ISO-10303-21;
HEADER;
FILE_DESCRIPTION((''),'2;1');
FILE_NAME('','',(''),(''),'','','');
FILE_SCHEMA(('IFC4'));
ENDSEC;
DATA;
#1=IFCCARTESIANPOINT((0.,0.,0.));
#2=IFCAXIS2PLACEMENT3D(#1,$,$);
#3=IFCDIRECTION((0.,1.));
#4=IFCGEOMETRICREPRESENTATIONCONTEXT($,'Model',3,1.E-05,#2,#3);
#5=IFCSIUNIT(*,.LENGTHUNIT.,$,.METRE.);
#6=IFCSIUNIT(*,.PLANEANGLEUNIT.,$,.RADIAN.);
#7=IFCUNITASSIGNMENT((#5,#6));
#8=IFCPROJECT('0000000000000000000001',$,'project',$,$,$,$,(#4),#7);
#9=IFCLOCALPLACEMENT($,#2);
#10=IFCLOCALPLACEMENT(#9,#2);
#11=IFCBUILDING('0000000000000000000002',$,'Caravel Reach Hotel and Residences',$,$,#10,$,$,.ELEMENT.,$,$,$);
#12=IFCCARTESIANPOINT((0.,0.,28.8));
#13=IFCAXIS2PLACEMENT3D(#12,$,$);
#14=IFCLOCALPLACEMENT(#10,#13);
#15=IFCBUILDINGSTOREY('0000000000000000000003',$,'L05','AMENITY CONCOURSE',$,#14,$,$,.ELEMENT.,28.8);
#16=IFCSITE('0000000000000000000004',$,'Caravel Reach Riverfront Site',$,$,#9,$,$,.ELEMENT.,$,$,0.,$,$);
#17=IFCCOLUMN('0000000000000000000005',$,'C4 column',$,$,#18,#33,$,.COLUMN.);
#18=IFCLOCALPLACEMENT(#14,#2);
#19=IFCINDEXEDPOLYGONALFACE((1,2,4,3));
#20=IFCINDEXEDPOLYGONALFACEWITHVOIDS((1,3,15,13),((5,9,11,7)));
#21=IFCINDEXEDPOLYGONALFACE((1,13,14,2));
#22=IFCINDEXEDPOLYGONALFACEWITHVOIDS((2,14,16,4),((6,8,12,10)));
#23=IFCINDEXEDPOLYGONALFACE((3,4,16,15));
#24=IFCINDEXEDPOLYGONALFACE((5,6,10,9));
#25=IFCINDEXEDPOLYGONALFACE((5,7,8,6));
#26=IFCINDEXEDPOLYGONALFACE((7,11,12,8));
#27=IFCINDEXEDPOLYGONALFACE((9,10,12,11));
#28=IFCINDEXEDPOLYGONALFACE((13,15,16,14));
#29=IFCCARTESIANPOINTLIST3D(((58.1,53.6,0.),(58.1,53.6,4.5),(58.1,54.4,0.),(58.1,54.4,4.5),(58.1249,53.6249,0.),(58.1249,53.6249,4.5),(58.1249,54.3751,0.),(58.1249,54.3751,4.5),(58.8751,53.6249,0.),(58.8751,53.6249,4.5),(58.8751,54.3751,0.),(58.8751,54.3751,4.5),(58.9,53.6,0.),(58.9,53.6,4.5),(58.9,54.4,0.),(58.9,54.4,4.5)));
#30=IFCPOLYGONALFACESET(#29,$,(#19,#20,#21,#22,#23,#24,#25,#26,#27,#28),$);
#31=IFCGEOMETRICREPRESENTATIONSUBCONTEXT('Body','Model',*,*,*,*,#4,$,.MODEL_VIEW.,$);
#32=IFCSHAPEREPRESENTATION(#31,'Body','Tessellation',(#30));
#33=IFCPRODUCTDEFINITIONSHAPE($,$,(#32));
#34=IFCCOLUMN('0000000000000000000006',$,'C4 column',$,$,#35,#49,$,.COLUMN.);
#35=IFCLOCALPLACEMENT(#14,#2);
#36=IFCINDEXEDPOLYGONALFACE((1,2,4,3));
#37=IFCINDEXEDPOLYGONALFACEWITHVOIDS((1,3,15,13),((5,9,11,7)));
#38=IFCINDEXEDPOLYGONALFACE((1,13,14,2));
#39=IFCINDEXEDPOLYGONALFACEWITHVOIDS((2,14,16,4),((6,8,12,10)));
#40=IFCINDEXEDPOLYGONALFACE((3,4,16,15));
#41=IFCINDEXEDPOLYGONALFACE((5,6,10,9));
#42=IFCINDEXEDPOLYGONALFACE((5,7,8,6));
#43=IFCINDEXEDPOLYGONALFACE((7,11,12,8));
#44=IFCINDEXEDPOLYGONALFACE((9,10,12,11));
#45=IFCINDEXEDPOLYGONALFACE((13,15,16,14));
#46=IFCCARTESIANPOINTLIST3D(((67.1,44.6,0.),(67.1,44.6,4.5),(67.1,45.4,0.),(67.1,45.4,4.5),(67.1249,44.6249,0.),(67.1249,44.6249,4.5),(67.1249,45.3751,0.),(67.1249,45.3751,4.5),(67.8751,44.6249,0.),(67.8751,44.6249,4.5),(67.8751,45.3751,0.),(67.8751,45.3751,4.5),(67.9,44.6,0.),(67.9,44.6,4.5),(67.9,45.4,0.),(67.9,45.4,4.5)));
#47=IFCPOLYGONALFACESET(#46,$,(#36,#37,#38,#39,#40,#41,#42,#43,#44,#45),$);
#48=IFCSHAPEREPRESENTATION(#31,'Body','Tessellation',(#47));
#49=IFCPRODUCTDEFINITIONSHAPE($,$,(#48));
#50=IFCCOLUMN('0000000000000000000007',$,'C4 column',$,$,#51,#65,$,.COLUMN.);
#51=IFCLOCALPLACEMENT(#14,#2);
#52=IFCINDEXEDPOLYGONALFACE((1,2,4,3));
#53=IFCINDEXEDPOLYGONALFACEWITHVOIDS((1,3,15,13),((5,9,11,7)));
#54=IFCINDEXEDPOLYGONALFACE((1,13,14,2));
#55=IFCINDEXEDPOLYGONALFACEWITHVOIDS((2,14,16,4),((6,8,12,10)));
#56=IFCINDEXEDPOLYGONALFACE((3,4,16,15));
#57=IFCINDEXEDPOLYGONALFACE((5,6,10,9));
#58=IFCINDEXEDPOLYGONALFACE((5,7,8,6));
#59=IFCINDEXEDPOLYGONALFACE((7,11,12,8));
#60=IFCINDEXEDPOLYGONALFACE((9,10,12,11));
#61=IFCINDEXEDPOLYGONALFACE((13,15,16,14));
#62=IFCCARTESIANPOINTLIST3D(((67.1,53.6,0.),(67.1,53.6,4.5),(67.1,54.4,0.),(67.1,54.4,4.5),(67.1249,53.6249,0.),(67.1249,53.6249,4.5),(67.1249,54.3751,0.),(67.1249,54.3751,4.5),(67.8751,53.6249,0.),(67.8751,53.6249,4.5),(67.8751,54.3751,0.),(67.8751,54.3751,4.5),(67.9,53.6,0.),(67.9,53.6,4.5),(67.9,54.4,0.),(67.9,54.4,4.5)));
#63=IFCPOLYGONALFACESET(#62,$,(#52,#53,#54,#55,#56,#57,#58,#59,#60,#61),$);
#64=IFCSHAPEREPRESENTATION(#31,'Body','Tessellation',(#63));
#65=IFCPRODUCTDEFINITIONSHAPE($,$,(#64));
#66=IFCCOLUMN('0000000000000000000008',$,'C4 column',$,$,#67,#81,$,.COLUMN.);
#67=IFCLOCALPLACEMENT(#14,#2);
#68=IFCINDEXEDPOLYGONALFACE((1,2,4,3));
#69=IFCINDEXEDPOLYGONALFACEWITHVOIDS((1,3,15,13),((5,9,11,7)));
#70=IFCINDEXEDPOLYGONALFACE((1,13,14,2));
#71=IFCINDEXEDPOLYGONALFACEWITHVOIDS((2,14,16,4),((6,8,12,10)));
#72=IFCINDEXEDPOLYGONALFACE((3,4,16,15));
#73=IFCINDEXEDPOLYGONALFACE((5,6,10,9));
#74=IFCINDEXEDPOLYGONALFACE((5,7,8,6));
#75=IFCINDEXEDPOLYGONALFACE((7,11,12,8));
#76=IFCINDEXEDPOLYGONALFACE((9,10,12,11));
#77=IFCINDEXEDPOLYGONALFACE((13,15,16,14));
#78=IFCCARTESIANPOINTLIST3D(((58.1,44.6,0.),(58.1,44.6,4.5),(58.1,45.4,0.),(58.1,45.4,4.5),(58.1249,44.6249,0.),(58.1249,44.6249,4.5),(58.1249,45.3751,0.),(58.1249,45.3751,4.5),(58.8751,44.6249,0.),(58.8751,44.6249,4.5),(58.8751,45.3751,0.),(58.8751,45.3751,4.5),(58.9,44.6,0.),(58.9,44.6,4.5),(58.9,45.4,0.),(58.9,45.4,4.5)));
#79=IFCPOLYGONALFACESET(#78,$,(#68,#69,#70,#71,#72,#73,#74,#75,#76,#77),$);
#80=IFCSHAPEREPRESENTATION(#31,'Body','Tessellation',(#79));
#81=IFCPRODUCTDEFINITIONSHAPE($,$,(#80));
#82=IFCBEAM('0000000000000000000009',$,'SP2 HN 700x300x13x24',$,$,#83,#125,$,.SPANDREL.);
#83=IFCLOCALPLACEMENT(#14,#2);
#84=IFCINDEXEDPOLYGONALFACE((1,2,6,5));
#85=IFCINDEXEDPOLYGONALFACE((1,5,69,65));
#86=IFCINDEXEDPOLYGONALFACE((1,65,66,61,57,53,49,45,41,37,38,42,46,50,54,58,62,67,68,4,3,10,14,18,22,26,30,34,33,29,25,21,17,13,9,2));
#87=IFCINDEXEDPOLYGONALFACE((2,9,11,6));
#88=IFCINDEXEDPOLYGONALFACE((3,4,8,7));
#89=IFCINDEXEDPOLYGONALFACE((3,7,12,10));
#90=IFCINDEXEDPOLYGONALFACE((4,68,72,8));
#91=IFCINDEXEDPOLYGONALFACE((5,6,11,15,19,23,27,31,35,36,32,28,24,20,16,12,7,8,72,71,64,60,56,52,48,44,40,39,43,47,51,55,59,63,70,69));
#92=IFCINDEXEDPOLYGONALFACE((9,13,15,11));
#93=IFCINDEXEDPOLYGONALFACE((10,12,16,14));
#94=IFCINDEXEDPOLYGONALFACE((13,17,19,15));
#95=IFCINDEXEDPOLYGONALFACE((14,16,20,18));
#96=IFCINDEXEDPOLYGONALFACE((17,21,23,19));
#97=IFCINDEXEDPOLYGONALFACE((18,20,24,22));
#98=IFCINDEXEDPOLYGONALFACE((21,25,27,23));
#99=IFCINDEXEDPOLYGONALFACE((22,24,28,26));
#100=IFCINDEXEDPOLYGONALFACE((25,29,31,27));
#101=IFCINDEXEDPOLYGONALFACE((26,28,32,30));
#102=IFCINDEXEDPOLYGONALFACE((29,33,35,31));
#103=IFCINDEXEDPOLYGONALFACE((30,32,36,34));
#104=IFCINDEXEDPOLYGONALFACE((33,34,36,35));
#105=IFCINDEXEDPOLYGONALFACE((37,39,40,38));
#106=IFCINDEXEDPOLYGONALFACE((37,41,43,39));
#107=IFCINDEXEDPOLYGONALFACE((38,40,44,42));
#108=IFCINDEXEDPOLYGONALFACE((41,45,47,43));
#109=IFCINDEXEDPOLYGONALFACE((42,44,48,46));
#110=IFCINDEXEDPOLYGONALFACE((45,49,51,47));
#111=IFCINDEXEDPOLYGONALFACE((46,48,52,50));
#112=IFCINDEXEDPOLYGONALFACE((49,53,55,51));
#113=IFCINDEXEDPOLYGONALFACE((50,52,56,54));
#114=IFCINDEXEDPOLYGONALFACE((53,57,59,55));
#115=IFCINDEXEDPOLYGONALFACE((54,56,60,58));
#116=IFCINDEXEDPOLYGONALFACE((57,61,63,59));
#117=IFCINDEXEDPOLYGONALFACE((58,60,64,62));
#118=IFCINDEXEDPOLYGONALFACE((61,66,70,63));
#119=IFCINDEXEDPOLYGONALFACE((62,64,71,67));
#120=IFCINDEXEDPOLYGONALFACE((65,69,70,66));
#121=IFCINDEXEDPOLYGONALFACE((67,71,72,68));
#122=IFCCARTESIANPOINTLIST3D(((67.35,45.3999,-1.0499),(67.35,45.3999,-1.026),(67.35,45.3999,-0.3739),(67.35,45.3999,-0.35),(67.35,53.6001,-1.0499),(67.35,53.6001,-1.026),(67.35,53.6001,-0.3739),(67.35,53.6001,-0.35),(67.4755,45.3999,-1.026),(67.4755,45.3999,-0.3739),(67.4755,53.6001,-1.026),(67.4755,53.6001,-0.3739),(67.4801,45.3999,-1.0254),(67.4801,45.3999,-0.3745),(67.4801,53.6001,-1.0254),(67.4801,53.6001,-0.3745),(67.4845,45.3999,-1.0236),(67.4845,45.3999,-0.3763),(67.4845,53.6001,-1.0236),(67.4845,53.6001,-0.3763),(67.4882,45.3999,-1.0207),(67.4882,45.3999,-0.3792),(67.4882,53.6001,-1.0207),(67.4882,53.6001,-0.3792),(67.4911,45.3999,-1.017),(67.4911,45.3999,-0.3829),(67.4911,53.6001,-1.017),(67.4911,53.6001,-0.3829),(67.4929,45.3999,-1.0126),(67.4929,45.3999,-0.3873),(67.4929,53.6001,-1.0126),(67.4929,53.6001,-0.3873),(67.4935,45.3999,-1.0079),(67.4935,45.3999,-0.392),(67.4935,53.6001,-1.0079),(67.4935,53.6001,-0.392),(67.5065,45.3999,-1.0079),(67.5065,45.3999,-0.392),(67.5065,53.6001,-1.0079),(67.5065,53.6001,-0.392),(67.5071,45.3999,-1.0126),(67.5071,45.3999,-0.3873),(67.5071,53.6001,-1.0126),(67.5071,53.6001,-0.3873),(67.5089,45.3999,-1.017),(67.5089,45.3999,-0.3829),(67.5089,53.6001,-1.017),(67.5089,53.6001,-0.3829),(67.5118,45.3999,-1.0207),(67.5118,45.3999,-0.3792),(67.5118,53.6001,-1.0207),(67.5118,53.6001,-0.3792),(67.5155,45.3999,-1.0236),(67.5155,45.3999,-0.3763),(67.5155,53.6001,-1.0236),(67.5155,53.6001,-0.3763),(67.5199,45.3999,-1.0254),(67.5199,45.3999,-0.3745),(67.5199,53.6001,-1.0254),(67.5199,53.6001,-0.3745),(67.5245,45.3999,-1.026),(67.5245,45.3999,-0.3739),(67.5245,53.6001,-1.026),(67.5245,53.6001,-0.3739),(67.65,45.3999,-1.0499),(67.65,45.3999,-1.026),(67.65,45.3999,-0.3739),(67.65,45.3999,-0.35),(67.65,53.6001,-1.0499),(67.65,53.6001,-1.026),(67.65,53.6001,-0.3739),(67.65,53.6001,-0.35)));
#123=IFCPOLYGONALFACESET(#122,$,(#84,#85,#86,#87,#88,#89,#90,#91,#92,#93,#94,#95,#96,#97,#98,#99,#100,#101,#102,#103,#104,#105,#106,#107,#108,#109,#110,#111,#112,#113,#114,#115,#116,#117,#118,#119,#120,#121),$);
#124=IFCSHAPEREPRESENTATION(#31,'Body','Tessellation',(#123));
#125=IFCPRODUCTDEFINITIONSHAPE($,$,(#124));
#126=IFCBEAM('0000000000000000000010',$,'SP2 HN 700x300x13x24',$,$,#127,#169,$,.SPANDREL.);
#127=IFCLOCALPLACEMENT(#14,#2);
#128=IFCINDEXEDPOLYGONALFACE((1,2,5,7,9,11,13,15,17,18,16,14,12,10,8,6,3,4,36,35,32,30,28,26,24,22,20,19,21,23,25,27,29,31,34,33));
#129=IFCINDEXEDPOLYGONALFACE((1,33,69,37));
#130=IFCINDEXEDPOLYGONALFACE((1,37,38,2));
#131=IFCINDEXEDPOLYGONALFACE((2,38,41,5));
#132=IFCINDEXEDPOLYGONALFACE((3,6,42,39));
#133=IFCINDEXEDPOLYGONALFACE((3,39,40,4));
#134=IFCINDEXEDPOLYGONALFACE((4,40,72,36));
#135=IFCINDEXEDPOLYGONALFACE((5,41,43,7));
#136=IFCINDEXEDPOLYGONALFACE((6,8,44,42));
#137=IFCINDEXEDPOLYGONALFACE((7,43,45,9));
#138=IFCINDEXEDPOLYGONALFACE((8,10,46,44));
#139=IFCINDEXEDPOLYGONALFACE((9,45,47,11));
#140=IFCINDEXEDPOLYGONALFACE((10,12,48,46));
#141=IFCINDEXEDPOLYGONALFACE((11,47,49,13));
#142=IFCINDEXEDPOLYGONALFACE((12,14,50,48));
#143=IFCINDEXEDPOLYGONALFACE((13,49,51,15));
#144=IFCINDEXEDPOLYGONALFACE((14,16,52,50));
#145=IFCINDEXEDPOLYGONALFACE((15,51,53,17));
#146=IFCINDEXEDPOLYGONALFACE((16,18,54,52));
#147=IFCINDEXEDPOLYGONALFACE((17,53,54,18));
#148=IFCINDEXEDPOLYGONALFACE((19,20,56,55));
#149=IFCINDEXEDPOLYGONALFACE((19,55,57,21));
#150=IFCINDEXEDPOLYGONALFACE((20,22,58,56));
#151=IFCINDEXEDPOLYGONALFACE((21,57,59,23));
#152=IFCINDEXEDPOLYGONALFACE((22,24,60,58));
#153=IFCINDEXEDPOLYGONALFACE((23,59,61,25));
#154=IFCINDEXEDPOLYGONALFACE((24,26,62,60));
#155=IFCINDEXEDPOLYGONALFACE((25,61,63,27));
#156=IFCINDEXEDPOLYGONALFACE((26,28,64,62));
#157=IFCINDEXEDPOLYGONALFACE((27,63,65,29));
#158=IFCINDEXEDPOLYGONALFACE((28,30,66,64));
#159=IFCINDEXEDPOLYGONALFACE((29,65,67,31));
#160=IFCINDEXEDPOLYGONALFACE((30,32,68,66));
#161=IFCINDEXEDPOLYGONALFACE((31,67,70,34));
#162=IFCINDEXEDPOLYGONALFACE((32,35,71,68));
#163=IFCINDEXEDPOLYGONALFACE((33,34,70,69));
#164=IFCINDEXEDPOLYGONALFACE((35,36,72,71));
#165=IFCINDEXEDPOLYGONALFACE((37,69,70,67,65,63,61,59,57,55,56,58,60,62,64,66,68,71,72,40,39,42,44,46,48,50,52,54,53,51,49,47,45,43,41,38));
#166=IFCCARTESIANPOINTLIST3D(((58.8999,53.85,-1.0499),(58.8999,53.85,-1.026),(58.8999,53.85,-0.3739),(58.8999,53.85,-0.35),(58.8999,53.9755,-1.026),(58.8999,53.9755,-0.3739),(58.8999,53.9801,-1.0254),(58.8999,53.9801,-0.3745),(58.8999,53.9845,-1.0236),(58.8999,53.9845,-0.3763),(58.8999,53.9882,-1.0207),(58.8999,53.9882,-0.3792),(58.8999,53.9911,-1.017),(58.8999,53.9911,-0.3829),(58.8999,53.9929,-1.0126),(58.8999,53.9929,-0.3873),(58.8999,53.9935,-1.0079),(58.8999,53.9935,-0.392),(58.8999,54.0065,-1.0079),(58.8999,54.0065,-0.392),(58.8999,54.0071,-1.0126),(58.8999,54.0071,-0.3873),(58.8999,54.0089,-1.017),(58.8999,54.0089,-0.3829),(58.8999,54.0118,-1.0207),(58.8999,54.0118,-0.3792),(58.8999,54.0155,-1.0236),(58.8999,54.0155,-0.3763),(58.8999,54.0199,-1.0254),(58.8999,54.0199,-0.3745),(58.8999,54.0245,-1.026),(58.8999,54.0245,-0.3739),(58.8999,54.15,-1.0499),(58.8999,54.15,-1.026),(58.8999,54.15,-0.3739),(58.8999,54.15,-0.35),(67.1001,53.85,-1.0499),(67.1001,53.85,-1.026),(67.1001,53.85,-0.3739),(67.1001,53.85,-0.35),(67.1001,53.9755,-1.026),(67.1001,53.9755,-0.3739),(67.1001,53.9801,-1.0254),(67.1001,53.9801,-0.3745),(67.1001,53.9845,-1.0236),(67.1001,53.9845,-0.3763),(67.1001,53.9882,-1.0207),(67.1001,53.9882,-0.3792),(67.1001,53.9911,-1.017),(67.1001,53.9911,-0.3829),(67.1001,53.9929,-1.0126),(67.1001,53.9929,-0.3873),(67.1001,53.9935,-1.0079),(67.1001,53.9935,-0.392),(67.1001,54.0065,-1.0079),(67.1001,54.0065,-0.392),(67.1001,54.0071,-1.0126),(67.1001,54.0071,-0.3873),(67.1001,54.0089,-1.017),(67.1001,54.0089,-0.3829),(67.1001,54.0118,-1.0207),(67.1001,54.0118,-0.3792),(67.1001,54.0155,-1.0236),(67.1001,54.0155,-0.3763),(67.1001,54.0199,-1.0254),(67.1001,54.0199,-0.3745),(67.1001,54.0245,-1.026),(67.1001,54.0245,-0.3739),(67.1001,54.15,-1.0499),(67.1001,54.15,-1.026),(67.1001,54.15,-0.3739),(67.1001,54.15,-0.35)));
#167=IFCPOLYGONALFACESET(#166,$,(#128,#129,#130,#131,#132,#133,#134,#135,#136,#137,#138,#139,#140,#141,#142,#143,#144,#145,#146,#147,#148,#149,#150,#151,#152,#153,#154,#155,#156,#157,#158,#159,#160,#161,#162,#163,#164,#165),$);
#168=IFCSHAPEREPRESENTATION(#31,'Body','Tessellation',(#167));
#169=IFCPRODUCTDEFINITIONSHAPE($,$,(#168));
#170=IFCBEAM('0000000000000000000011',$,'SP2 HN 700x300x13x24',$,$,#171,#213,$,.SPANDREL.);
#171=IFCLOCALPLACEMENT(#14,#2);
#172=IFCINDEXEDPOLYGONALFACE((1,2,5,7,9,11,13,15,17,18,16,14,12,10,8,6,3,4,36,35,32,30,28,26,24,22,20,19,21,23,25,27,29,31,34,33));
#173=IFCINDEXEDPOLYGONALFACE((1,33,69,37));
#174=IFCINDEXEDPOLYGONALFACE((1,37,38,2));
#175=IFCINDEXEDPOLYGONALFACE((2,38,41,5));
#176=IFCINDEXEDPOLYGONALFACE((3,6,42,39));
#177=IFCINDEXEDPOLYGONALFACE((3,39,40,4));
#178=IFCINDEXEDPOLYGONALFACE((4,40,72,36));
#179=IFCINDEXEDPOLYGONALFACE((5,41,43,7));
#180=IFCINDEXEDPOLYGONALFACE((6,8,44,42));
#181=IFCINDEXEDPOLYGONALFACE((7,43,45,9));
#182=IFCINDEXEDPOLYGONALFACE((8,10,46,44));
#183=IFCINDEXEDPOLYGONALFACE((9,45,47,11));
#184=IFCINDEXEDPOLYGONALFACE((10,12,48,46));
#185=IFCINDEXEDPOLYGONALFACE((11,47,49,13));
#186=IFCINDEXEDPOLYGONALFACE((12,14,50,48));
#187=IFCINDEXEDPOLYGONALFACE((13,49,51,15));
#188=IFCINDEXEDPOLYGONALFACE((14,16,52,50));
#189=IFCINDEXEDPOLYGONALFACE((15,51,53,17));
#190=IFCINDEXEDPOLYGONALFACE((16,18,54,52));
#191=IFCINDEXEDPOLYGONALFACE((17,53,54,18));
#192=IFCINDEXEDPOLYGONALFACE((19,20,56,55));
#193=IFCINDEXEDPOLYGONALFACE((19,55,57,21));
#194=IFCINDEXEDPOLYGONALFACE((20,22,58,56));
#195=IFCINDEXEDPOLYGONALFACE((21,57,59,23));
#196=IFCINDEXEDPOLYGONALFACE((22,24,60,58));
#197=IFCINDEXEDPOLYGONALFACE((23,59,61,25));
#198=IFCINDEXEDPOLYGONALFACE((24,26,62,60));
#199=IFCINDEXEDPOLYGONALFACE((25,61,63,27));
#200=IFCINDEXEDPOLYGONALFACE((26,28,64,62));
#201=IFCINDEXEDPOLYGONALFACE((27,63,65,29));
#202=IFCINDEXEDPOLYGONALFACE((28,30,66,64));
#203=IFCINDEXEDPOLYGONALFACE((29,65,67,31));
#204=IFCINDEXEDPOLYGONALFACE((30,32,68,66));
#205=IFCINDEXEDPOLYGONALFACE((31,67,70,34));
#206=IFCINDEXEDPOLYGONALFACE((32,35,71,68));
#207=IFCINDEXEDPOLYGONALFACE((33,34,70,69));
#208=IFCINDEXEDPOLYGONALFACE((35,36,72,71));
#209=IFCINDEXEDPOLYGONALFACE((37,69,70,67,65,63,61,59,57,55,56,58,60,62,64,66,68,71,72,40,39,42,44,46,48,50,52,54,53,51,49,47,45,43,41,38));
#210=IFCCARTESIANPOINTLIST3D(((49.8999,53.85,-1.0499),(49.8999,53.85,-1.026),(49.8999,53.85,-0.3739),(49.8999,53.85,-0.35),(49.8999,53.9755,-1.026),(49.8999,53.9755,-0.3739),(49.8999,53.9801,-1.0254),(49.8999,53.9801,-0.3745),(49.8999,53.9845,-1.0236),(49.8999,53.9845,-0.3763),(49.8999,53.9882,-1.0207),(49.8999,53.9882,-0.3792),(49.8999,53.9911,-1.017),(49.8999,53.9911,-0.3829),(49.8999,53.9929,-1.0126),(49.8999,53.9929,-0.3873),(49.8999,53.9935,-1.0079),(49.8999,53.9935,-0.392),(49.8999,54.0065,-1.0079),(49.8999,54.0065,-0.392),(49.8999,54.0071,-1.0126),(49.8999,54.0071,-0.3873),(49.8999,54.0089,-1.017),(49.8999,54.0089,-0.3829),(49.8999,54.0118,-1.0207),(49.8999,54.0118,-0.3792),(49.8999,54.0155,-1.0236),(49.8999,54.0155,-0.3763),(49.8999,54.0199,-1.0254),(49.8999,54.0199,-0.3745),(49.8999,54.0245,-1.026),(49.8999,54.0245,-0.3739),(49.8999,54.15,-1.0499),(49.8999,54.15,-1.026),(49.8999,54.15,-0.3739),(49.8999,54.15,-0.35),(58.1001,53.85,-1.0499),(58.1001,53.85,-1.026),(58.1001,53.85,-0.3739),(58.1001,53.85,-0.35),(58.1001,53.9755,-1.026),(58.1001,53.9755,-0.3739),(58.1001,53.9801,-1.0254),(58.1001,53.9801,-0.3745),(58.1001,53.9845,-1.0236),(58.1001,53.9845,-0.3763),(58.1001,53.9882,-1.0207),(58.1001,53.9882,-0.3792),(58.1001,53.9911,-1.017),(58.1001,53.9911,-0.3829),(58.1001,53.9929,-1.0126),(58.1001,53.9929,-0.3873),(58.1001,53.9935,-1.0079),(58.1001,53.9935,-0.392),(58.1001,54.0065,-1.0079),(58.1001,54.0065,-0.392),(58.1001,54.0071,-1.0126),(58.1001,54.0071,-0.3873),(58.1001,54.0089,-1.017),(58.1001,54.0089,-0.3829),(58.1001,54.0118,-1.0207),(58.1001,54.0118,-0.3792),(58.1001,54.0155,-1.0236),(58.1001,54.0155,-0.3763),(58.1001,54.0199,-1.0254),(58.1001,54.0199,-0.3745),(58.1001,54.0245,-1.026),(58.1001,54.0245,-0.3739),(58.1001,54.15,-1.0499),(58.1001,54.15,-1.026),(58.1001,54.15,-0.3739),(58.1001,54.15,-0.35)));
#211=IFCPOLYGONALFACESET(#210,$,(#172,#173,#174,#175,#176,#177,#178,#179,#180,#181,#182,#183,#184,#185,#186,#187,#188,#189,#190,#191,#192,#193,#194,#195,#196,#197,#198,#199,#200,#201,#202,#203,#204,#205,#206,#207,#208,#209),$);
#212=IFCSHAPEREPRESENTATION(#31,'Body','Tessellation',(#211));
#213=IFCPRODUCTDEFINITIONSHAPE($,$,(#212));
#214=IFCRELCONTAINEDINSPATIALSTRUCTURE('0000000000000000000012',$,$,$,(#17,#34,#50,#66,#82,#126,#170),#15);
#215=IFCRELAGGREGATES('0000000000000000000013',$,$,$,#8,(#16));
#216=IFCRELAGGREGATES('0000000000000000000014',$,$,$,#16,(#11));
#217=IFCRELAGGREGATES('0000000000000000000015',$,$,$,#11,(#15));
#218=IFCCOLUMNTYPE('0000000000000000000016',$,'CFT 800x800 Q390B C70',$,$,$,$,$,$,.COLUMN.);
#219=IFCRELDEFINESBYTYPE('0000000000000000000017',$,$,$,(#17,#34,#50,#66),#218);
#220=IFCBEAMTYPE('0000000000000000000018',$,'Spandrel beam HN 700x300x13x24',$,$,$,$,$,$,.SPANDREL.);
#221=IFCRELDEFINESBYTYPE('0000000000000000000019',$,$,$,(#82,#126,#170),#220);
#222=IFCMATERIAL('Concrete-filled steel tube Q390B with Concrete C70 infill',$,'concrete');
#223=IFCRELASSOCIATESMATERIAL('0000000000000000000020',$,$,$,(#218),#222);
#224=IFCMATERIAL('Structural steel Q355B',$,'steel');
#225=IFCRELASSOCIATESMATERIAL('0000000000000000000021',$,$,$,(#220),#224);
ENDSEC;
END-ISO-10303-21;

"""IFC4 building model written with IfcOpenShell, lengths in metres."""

from ifc_helpers import new_model, si_unit, direction, frame, origin, origin_2d, place, context, subcontext, project, spatial, hollow_rectangle, i_section, extrude, material, material_profile, profile_set, type_object, element, save


model = new_model("IFC4")

# Units and contexts
model_context = context("Model", 3, precision=1e-05, world=origin(), true_north=direction((0.0, 1.0)))
body_context = subcontext(model_context, "Body", "Model", "MODEL_VIEW")
ifc_project = project(units=[si_unit("LENGTHUNIT", "METRE"), si_unit("PLANEANGLEUNIT", "RADIAN")], contexts=[model_context])

# Site, building, storey
site_placement = place(None, origin())
site = spatial("IfcSite", under=ifc_project, at=site_placement, Name="Caravel Reach Riverfront Site", CompositionType="ELEMENT", RefElevation=0.0)
building_placement = place(site_placement, origin())
building = spatial("IfcBuilding", under=site, at=building_placement, Name="Caravel Reach Hotel and Residences", CompositionType="ELEMENT")
storey_placement = place(building_placement, frame((0.0, 0.0, 28.8)))
storey = spatial("IfcBuildingStorey", under=building, at=storey_placement, Name="L05", Description="AMENITY CONCOURSE", CompositionType="ELEMENT", Elevation=28.8)

# Columns
ifc_material_1 = material(Name="Concrete-filled steel tube Q390B with Concrete C70 infill", Category="concrete")
ifc_material_profile_1 = material_profile(ifc_material_1, hollow_rectangle(XDim=0.8, YDim=0.8, WallThickness=0.0249, at=origin_2d()), Name="RHS 800x800x25")
ifc_profile_set_1 = profile_set([ifc_material_profile_1], Name="Concrete-filled steel tube Q390B with Concrete C70 infill")
column_type = type_object("IfcColumnType", Name="CFT 800x800 Q390B C70", PredefinedType="COLUMN", material=ifc_profile_set_1)
for number, where, z_axis, x_axis, name in (
    (1, (58.5, 54.0, 0.0), (0.0, 0.0, 1.0), (1.0, 0.0, 0.0), "C4 column"),
    (2, (67.5, 45.0, 0.0), (0.0, 0.0, 1.0), (1.0, 0.0, 0.0), "C4 column"),
    (3, (67.5, 54.0, 0.0), (0.0, 0.0, 1.0), (1.0, 0.0, 0.0), "C4 column"),
    (4, (58.5, 45.0, 0.0), (0.0, 0.0, 1.0), (1.0, 0.0, 0.0), "C4 column"),
):
    element("IfcColumn", number, at=place(storey_placement, frame(where, z_axis=z_axis, x_axis=x_axis)), inside=storey, type_object=column_type, Name=name, PredefinedType="COLUMN", context=body_context, shape_type="SweptSolid", body=[
        extrude(hollow_rectangle(XDim=0.8, YDim=0.8, WallThickness=0.0249, at=origin_2d()), origin(), (0.0, 0.0, 1.0), 4.5),
    ])

# Beams
ifc_material_2 = material(Name="Structural steel Q355B", Category="steel")
ifc_material_profile_2 = material_profile(ifc_material_2, i_section(OverallWidth=0.3, OverallDepth=0.7, WebThickness=0.0129, FlangeThickness=0.0239, FilletRadius=0.0181, at=origin_2d()), Name="HN 700x300x13x24")
ifc_profile_set_2 = profile_set([ifc_material_profile_2], Name="Structural steel Q355B")
beam_type = type_object("IfcBeamType", Name="Spandrel beam HN 700x300x13x24", PredefinedType="SPANDREL", material=ifc_profile_set_2)
for number, where, z_axis, x_axis, name in (
    (5, (67.5, 45.3999, -0.7), (0.0, 1.0, 0.0), (-1.0, 0.0, 0.0), "SP2 HN 700x300x13x24"),
    (6, (67.1001, 54.0, -0.7), (-1.0, 0.0, 0.0), (0.0, -1.0, 0.0), "SP2 HN 700x300x13x24"),
    (7, (58.1001, 54.0, -0.7), (-1.0, 0.0, 0.0), (0.0, -1.0, 0.0), "SP2 HN 700x300x13x24"),
):
    element("IfcBeam", number, at=place(storey_placement, frame(where, z_axis=z_axis, x_axis=x_axis)), inside=storey, type_object=beam_type, Name=name, PredefinedType="SPANDREL", context=body_context, shape_type="SweptSolid", body=[
        extrude(i_section(OverallWidth=0.3, OverallDepth=0.7, WebThickness=0.0129, FlangeThickness=0.0239, FilletRadius=0.0181, at=origin_2d()), origin(), (0.0, 0.0, 1.0), 8.2002),
    ])

save(model, "model.ifc")
